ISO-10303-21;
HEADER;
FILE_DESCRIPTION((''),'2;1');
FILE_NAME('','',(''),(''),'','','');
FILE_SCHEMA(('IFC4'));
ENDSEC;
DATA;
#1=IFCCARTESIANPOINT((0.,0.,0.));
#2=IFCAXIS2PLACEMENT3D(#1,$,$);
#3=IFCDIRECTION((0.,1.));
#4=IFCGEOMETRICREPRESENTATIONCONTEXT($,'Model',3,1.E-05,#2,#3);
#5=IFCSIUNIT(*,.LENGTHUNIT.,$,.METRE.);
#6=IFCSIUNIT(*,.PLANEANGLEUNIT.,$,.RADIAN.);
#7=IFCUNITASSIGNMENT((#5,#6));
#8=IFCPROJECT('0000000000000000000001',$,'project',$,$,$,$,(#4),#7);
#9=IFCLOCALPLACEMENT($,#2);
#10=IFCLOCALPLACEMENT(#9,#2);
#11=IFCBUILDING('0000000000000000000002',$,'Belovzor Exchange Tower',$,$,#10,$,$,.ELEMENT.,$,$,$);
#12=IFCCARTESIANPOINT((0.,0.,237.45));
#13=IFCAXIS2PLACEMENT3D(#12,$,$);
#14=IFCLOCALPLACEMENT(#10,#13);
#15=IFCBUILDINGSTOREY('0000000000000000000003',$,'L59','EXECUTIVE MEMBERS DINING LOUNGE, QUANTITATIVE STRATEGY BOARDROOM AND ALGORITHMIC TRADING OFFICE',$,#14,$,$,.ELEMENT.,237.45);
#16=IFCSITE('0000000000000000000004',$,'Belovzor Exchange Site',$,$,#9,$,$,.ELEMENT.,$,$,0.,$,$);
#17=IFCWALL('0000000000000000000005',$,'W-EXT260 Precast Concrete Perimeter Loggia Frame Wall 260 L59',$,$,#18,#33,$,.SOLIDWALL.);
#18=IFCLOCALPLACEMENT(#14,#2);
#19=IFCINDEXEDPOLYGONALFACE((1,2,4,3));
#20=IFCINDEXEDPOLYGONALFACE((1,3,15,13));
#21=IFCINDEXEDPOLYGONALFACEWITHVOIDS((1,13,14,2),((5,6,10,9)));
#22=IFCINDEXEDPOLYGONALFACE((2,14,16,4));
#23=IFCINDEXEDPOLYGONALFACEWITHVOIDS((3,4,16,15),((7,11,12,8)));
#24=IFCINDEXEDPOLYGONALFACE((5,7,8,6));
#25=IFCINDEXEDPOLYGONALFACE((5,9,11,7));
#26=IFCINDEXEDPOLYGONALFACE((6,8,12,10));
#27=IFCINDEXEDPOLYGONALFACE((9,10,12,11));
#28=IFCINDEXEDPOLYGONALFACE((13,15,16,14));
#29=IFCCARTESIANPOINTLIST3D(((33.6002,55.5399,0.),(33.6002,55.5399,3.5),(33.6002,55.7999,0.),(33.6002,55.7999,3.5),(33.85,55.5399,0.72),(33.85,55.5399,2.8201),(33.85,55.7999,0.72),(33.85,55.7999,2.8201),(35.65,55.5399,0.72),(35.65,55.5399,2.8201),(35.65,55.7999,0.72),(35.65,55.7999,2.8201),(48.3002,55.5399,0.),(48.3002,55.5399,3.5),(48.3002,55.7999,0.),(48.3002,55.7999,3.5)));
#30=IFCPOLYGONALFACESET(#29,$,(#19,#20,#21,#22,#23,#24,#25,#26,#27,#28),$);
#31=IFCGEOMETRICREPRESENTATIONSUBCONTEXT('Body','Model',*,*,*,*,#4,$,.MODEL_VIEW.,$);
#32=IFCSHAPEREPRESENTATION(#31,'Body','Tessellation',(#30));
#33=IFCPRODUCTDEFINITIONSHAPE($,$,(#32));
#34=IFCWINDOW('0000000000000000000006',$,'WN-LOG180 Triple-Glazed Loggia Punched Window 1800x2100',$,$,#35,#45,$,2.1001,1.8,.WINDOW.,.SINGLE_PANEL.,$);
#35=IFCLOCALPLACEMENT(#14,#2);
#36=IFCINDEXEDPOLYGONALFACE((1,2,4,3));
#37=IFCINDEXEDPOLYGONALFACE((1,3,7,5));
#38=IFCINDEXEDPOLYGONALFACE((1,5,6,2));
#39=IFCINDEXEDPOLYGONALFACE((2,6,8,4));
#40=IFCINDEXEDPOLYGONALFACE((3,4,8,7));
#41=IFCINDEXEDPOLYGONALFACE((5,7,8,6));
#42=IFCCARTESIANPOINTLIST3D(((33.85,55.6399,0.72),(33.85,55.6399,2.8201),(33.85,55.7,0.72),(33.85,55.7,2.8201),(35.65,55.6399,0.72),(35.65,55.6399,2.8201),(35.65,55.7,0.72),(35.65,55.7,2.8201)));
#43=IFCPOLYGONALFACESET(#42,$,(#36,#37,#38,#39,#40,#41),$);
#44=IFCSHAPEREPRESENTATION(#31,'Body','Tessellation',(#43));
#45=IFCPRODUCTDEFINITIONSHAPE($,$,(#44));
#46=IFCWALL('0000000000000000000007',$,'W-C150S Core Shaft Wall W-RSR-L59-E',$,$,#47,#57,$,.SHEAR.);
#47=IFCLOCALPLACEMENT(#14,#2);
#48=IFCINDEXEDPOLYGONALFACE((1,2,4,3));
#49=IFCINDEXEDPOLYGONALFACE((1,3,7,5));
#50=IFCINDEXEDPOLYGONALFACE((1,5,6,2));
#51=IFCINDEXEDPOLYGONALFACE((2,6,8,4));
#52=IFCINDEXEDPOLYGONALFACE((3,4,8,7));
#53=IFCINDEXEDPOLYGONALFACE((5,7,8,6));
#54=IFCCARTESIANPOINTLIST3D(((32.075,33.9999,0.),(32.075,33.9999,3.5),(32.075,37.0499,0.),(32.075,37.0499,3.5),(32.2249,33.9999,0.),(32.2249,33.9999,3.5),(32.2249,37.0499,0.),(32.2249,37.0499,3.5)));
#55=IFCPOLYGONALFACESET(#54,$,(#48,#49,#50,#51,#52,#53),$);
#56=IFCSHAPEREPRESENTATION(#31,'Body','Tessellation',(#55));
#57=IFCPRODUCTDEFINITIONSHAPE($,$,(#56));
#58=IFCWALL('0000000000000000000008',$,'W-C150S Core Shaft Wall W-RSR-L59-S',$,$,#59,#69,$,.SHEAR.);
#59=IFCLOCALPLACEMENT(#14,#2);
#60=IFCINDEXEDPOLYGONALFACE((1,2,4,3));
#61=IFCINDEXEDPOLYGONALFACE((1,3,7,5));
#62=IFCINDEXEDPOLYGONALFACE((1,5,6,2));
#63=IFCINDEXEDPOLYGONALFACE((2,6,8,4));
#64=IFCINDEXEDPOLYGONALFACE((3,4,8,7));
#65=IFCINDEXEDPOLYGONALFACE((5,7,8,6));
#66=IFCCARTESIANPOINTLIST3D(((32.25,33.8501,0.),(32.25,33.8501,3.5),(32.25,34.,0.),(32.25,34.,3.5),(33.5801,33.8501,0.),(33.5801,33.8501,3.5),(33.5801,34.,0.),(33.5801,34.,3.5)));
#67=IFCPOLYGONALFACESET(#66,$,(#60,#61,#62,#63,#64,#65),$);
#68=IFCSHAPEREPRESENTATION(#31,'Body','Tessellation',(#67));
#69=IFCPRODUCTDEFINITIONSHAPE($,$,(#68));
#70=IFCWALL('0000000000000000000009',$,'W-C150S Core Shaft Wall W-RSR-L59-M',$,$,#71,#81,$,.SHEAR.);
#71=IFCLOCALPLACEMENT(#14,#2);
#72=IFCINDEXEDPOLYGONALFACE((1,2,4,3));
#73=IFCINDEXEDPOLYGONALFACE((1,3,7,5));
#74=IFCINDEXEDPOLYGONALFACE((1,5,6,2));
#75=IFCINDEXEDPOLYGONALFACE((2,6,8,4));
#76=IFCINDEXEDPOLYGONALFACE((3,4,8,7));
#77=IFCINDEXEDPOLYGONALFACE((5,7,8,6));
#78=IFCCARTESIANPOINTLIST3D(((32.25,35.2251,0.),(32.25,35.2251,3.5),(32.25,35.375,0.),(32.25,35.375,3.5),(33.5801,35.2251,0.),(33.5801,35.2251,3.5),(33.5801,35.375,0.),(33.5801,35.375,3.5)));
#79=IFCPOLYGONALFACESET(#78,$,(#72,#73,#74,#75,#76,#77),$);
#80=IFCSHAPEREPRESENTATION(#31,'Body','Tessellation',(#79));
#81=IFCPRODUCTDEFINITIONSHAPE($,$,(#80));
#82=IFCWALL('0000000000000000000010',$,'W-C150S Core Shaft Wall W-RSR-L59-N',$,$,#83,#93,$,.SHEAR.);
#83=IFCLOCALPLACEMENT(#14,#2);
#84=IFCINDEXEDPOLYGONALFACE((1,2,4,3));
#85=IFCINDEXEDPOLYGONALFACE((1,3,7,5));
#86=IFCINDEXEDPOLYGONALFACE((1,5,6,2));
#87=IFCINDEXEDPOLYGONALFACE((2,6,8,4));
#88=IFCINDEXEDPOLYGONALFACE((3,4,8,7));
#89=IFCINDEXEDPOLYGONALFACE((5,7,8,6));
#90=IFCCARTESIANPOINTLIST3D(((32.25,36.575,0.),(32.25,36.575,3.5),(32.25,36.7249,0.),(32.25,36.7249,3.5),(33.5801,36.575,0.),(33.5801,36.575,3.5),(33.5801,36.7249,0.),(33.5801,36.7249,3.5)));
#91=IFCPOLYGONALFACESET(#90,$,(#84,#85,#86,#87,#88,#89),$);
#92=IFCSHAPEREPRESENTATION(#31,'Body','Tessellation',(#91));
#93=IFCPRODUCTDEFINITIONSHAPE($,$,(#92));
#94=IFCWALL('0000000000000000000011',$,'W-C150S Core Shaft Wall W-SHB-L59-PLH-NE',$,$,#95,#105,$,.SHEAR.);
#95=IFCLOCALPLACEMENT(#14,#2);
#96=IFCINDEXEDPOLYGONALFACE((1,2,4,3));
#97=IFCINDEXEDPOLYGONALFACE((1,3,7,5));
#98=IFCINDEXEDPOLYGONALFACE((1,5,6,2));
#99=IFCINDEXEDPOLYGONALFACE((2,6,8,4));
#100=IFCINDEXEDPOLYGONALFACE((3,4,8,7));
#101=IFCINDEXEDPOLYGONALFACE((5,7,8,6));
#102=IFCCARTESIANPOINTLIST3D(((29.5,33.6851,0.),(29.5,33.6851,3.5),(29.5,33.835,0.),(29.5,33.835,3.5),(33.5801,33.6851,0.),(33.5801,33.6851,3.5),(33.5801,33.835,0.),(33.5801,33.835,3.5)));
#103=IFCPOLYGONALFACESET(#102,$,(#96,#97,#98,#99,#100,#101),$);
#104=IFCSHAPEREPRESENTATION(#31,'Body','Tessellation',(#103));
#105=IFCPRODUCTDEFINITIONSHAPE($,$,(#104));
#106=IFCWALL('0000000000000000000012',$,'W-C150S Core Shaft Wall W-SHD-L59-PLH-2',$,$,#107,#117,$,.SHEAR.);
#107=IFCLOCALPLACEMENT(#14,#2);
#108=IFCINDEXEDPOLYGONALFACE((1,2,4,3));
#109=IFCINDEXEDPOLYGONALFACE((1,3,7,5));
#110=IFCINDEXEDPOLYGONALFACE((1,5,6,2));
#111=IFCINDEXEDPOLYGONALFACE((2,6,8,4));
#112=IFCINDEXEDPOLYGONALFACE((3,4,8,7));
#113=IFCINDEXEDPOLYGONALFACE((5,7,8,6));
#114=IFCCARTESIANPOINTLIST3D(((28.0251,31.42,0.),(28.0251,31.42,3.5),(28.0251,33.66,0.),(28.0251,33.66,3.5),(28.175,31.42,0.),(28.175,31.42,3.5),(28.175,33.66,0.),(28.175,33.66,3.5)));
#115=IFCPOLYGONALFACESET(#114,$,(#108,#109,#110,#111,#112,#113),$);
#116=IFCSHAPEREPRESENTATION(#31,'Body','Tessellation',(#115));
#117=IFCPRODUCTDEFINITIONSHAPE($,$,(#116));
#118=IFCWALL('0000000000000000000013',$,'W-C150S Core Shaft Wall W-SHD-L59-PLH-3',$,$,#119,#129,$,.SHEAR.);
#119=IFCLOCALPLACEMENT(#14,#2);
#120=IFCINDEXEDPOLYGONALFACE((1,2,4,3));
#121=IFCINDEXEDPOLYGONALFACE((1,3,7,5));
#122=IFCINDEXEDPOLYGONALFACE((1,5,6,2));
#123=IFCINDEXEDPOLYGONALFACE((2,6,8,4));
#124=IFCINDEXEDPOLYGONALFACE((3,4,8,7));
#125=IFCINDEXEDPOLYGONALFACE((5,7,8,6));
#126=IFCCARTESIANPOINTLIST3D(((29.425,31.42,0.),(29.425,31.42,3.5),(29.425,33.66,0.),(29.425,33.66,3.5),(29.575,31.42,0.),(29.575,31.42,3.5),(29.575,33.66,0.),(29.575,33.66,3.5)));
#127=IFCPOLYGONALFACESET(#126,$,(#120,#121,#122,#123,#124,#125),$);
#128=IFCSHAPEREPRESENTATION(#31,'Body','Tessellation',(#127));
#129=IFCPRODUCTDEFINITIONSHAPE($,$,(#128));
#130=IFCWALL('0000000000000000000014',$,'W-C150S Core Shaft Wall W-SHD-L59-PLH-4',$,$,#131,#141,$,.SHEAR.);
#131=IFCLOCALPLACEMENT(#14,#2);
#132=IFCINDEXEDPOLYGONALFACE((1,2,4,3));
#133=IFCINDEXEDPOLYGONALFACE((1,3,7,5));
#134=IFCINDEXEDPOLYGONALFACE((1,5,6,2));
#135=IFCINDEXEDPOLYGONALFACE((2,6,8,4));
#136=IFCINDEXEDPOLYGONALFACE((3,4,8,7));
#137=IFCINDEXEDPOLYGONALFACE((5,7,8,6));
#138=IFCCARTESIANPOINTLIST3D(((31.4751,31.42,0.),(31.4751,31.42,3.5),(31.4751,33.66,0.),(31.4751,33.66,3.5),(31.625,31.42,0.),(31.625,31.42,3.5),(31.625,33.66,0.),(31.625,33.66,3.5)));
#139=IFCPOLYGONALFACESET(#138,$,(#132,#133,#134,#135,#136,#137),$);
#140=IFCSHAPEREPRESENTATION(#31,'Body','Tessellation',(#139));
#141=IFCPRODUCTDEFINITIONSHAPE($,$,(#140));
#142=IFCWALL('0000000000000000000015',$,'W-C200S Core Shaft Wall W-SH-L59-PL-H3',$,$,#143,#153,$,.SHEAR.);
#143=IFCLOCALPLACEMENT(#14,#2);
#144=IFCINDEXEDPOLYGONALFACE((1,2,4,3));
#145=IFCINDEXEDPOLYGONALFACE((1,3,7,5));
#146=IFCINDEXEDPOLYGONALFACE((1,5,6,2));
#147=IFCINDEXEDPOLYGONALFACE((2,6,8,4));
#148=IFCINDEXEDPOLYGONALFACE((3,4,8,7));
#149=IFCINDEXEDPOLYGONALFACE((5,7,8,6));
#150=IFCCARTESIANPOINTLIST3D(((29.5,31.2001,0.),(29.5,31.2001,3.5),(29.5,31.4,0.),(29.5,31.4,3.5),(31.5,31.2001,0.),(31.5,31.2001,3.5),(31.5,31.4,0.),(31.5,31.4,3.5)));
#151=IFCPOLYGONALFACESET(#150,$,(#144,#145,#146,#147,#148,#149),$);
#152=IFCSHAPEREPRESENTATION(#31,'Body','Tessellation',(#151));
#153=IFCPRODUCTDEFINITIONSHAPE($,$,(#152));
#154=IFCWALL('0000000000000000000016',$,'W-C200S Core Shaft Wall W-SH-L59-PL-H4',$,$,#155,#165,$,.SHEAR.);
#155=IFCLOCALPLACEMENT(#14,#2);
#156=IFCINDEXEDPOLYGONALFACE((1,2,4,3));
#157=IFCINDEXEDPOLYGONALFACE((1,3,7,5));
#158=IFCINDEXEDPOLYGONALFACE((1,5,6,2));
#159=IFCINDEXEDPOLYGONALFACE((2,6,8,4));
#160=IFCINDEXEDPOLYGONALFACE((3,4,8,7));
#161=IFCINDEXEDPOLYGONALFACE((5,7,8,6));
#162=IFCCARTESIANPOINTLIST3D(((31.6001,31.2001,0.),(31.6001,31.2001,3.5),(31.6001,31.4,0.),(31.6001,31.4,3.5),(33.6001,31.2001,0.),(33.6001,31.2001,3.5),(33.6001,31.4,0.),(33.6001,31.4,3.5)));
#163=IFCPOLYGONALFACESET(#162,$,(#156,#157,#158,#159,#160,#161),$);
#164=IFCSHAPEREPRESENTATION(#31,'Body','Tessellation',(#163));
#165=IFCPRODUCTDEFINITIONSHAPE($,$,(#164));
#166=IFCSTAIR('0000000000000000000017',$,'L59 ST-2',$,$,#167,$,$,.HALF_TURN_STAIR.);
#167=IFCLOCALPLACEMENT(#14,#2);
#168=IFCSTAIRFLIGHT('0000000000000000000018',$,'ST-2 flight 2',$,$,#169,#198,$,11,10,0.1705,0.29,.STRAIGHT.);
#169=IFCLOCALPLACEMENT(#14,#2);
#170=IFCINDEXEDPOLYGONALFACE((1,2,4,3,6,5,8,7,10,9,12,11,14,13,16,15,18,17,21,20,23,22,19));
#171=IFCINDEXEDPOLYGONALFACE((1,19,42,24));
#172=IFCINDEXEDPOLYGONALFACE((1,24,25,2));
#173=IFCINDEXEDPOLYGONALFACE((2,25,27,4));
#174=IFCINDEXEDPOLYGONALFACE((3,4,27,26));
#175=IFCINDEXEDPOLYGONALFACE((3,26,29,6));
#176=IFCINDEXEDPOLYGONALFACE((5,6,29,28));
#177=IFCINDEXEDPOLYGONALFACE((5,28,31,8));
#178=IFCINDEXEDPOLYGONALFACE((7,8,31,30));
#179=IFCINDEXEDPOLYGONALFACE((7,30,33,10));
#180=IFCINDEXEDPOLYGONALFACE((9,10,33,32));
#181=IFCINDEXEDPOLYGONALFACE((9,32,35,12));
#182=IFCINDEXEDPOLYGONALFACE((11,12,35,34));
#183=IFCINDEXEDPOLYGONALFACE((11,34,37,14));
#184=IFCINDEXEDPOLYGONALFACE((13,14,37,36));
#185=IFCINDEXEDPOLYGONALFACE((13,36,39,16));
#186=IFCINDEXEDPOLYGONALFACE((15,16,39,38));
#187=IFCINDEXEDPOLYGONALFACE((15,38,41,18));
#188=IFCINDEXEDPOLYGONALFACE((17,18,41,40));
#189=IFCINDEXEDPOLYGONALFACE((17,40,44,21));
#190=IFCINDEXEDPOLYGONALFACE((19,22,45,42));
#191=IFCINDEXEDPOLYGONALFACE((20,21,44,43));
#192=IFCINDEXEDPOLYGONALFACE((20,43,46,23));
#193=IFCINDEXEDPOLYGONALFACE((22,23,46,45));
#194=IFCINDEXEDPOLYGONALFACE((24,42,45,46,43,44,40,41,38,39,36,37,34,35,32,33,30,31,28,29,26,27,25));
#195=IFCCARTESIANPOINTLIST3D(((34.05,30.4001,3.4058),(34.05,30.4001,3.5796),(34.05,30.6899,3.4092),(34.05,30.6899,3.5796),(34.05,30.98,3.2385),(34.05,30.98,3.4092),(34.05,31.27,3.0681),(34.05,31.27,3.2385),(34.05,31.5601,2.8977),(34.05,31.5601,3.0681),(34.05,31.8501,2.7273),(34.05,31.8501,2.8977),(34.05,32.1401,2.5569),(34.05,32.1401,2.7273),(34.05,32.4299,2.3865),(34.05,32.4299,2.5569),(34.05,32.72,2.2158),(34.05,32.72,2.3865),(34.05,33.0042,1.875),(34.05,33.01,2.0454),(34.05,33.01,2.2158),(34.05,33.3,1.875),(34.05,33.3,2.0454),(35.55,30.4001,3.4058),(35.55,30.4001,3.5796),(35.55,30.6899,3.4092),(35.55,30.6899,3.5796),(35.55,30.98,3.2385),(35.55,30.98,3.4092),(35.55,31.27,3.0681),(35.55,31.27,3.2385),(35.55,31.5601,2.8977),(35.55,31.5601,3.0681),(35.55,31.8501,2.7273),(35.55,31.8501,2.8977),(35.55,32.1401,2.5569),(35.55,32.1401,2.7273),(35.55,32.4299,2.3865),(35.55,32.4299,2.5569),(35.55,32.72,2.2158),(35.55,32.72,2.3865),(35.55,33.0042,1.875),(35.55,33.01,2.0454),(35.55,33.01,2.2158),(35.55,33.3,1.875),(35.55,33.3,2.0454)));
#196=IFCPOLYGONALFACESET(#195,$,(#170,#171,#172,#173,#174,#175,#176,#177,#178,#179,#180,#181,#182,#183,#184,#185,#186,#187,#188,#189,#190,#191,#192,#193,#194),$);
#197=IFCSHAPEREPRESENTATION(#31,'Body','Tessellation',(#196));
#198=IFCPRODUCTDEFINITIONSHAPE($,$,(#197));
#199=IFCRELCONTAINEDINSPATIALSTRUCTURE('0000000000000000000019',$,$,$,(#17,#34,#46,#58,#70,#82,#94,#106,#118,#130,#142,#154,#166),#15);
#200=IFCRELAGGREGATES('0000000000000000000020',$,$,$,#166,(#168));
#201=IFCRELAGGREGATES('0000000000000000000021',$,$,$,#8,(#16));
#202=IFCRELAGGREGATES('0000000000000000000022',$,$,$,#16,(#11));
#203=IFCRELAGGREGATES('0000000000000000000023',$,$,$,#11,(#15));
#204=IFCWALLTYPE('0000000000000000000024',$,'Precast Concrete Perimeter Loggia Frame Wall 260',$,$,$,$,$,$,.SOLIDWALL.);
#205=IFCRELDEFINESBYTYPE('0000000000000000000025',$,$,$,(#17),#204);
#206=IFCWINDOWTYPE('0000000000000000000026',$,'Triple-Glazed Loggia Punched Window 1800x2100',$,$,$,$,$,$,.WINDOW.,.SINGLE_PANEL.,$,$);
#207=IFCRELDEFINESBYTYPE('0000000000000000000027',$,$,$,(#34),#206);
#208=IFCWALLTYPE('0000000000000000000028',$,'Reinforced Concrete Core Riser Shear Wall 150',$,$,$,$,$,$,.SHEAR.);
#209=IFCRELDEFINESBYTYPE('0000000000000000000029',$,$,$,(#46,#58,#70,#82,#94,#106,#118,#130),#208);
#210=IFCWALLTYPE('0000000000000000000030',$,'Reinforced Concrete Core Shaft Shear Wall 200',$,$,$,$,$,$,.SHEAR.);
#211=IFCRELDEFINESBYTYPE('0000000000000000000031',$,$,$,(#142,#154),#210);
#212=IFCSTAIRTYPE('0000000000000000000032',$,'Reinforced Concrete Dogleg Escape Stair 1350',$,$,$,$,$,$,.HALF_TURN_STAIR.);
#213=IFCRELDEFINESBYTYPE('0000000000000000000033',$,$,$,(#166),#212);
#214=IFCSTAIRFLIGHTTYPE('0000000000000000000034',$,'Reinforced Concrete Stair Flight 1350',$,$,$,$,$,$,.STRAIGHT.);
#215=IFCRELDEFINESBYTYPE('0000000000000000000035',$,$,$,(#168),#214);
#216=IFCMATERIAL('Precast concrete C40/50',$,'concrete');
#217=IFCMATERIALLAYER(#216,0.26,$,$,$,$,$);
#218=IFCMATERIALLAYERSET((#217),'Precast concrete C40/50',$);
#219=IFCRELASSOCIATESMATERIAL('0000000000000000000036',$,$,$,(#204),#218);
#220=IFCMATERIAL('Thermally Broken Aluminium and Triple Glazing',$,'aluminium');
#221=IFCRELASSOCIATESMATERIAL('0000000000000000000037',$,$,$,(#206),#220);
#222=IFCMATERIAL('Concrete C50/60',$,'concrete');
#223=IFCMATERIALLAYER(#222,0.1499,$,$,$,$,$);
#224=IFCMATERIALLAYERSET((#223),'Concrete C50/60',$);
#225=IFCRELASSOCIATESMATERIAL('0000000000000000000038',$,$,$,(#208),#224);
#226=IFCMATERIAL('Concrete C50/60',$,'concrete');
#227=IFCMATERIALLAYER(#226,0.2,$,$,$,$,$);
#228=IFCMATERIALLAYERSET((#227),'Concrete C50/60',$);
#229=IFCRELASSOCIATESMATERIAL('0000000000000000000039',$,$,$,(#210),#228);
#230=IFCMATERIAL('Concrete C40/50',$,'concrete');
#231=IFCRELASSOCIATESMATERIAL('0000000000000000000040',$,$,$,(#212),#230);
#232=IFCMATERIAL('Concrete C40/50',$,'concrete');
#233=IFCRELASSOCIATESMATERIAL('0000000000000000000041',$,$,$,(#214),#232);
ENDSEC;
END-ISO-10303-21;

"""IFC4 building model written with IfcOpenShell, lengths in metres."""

from ifc_helpers import new_model, si_unit, direction, frame, frame_2d, origin, place, context, subcontext, project, spatial, polyline, rectangle, outline, extrude, material, layer, layer_set, type_object, element, fill, aggregate, save


model = new_model("IFC4")

# Units and contexts
model_context = context("Model", 3, precision=1e-05, world=origin(), true_north=direction((0.0, 1.0)))
body_context = subcontext(model_context, "Body", "Model", "MODEL_VIEW")
ifc_project = project(units=[si_unit("LENGTHUNIT", "METRE"), si_unit("PLANEANGLEUNIT", "RADIAN")], contexts=[model_context])

# Site, building, storey
site_placement = place(None, origin())
site = spatial("IfcSite", under=ifc_project, at=site_placement, Name="Belovzor Exchange Site", CompositionType="ELEMENT", RefElevation=0.0)
building_placement = place(site_placement, origin())
building = spatial("IfcBuilding", under=site, at=building_placement, Name="Belovzor Exchange Tower", CompositionType="ELEMENT")
storey_placement = place(building_placement, frame((0.0, 0.0, 237.45)))
storey = spatial("IfcBuildingStorey", under=building, at=storey_placement, Name="L59", Description="EXECUTIVE MEMBERS DINING LOUNGE, QUANTITATIVE STRATEGY BOARDROOM AND ALGORITHMIC TRADING OFFICE", CompositionType="ELEMENT", Elevation=237.45)

# Wall, opening, window
ifc_material_1 = material(Name="Precast concrete C40/50", Category="concrete")
ifc_layer_1 = layer(ifc_material_1, 0.26)
ifc_layer_set_1 = layer_set([ifc_layer_1], Name="Precast concrete C40/50")
wall_type_1 = type_object("IfcWallType", Name="Precast Concrete Perimeter Loggia Frame Wall 260", PredefinedType="SOLIDWALL", material=ifc_layer_set_1)
wall_1_placement = place(storey_placement, frame((33.6001, 55.6699, 0.0), z_axis=(0.0, 0.0, 1.0), x_axis=(1.0, 0.0, 0.0)))
wall_1 = element("IfcWall", 1, at=wall_1_placement, inside=storey, type_object=wall_type_1, Name="W-EXT260 Precast Concrete Perimeter Loggia Frame Wall 260 L59", PredefinedType="SOLIDWALL", context=body_context, shape_type="SweptSolid", body=[
    extrude(rectangle(XDim=14.7, YDim=0.26, at=frame_2d((7.3501, 0.0))), origin(), (0.0, 0.0, 1.0), 3.5),
])
opening_1_placement = place(wall_1_placement, frame((0.25, 0.0, 0.72)))
opening_1 = element("IfcOpeningElement", 2, at=opening_1_placement, cuts=wall_1, PredefinedType="OPENING", context=body_context, shape_type="SweptSolid", body=[
    extrude(rectangle(XDim=1.8, YDim=2.1001, at=frame_2d((0.8999, 1.05))), frame((0.0, 0.1399, 0.0), z_axis=(0.0, -1.0, 0.0), x_axis=(1.0, 0.0, 0.0)), (0.0, 0.0, 1.0), 0.28),
])
ifc_material_2 = material(Name="Thermally Broken Aluminium and Triple Glazing", Category="aluminium")
window_type = type_object("IfcWindowType", Name="Triple-Glazed Loggia Punched Window 1800x2100", PartitioningType="SINGLE_PANEL", PredefinedType="WINDOW", material=ifc_material_2)
window_placement = place(opening_1_placement, origin())
window = element("IfcWindow", 3, at=window_placement, inside=storey, type_object=window_type, Name="WN-LOG180 Triple-Glazed Loggia Punched Window 1800x2100", OverallHeight=2.1001, OverallWidth=1.8, PartitioningType="SINGLE_PANEL", PredefinedType="WINDOW", context=body_context, shape_type="SweptSolid", body=[
    extrude(rectangle(XDim=1.8, YDim=2.1001, at=frame_2d((0.8999, 1.05))), frame((0.0, 0.03, 0.0), z_axis=(0.0, -1.0, 0.0), x_axis=(1.0, 0.0, 0.0)), (0.0, 0.0, 1.0), 0.0601),
])
fill(opening_1, window)

# Walls
ifc_material_3 = material(Name="Concrete C50/60", Category="concrete")
ifc_layer_2 = layer(ifc_material_3, 0.1499)
ifc_layer_set_2 = layer_set([ifc_layer_2], Name="Concrete C50/60")
wall_type_2 = type_object("IfcWallType", Name="Reinforced Concrete Core Riser Shear Wall 150", PredefinedType="SHEAR", material=ifc_layer_set_2)
wall_2_placement = place(storey_placement, frame((32.1499, 34.0, 0.0), z_axis=(0.0, 0.0, 1.0), x_axis=(0.0, 1.0, 0.0)))
element("IfcWall", 4, at=wall_2_placement, inside=storey, type_object=wall_type_2, Name="W-C150S Core Shaft Wall W-RSR-L59-E", PredefinedType="SHEAR", context=body_context, shape_type="SweptSolid", body=[
    extrude(rectangle(XDim=3.05, YDim=0.1499, at=frame_2d((1.5249, 0.0))), origin(), (0.0, 0.0, 1.0), 3.5),
])
for number, where, z_axis, x_axis, name in (
    (5, (32.25, 33.925, 0.0), (0.0, 0.0, 1.0), (1.0, 0.0, 0.0), "W-C150S Core Shaft Wall W-RSR-L59-S"),
    (6, (32.25, 35.3, 0.0), (0.0, 0.0, 1.0), (1.0, 0.0, 0.0), "W-C150S Core Shaft Wall W-RSR-L59-M"),
    (7, (32.25, 36.6499, 0.0), (0.0, 0.0, 1.0), (1.0, 0.0, 0.0), "W-C150S Core Shaft Wall W-RSR-L59-N"),
):
    element("IfcWall", number, at=place(storey_placement, frame(where, z_axis=z_axis, x_axis=x_axis)), inside=storey, type_object=wall_type_2, Name=name, PredefinedType="SHEAR", context=body_context, shape_type="SweptSolid", body=[
        extrude(rectangle(XDim=1.3301, YDim=0.1499, at=frame_2d((0.665, 0.0))), origin(), (0.0, 0.0, 1.0), 3.5),
    ])
wall_3_placement = place(storey_placement, frame((29.5, 33.76, 0.0), z_axis=(0.0, 0.0, 1.0), x_axis=(1.0, 0.0, 0.0)))
element("IfcWall", 8, at=wall_3_placement, inside=storey, type_object=wall_type_2, Name="W-C150S Core Shaft Wall W-SHB-L59-PLH-NE", PredefinedType="SHEAR", context=body_context, shape_type="SweptSolid", body=[
    extrude(rectangle(XDim=4.0801, YDim=0.1499, at=frame_2d((2.04, 0.0))), origin(), (0.0, 0.0, 1.0), 3.5),
])
for number, where, z_axis, x_axis, name in (
    (9, (28.1001, 31.4199, 0.0), (0.0, 0.0, 1.0), (0.0, 1.0, 0.0), "W-C150S Core Shaft Wall W-SHD-L59-PLH-2"),
    (10, (29.5, 31.4199, 0.0), (0.0, 0.0, 1.0), (0.0, 1.0, 0.0), "W-C150S Core Shaft Wall W-SHD-L59-PLH-3"),
    (11, (31.55, 31.4199, 0.0), (0.0, 0.0, 1.0), (0.0, 1.0, 0.0), "W-C150S Core Shaft Wall W-SHD-L59-PLH-4"),
):
    element("IfcWall", number, at=place(storey_placement, frame(where, z_axis=z_axis, x_axis=x_axis)), inside=storey, type_object=wall_type_2, Name=name, PredefinedType="SHEAR", context=body_context, shape_type="SweptSolid", body=[
        extrude(rectangle(XDim=2.24, YDim=0.1499, at=frame_2d((1.1201, 0.0))), origin(), (0.0, 0.0, 1.0), 3.5),
    ])
ifc_material_4 = material(Name="Concrete C50/60", Category="concrete")
ifc_layer_3 = layer(ifc_material_4, 0.2)
ifc_layer_set_3 = layer_set([ifc_layer_3], Name="Concrete C50/60")
wall_type_3 = type_object("IfcWallType", Name="Reinforced Concrete Core Shaft Shear Wall 200", PredefinedType="SHEAR", material=ifc_layer_set_3)
for number, where, z_axis, x_axis, name in (
    (12, (29.5, 31.3, 0.0), (0.0, 0.0, 1.0), (1.0, 0.0, 0.0), "W-C200S Core Shaft Wall W-SH-L59-PL-H3"),
    (13, (31.6001, 31.3, 0.0), (0.0, 0.0, 1.0), (1.0, 0.0, 0.0), "W-C200S Core Shaft Wall W-SH-L59-PL-H4"),
):
    element("IfcWall", number, at=place(storey_placement, frame(where, z_axis=z_axis, x_axis=x_axis)), inside=storey, type_object=wall_type_3, Name=name, PredefinedType="SHEAR", context=body_context, shape_type="SweptSolid", body=[
        extrude(rectangle(XDim=2.0, YDim=0.2, at=frame_2d((1.0, 0.0))), origin(), (0.0, 0.0, 1.0), 3.5),
    ])

# Stair, stair flight
ifc_material_5 = material(Name="Concrete C40/50", Category="concrete")
stair_type = type_object("IfcStairType", Name="Reinforced Concrete Dogleg Escape Stair 1350", PredefinedType="HALF_TURN_STAIR", material=ifc_material_5)
stair_placement = place(storey_placement, origin())
stair = element("IfcStair", 14, at=stair_placement, inside=storey, type_object=stair_type, Name="L59 ST-2", PredefinedType="HALF_TURN_STAIR")
ifc_material_6 = material(Name="Concrete C40/50", Category="concrete")
stair_flight_type = type_object("IfcStairFlightType", Name="Reinforced Concrete Stair Flight 1350", PredefinedType="STRAIGHT", material=ifc_material_6)
stair_flight_placement = place(storey_placement, frame((34.8, 33.3, 1.875), z_axis=(0.0, 0.0, 1.0), x_axis=(0.0, -1.0, 0.0)))
stair_flight = element("IfcStairFlight", 15, at=stair_flight_placement, type_object=stair_flight_type, Name="ST-2 flight 2", NumberOfRisers=11, NumberOfTreads=10, PredefinedType="STRAIGHT", RiserHeight=0.1705, TreadLength=0.29, context=body_context, shape_type="SweptSolid", body=[
    extrude(outline(polyline([(0.0, 0.0), (0.0, 0.1704), (0.29, 0.1704), (0.29, 0.3408), (0.5801, 0.3408), (0.5801, 0.5115), (0.8701, 0.5115), (0.8701, 0.6819), (1.1599, 0.6819), (1.1599, 0.8523), (1.45, 0.8523), (1.45, 1.0227), (1.74, 1.0227), (1.74, 1.1931), (2.03, 1.1931), (2.03, 1.3635), (2.3201, 1.3635), (2.3201, 1.5342), (2.6101, 1.5342), (2.6101, 1.7046), (2.8999, 1.7046), (2.8999, 1.875), (2.8999, 1.5308), (0.2959, 0.0), (0.0, 0.0)])), frame((0.0, 0.75, 0.0), z_axis=(0.0, -1.0, 0.0), x_axis=(1.0, 0.0, 0.0)), (0.0, 0.0, 1.0), 1.5),
])
aggregate(stair, [stair_flight])

save(model, "model.ifc")
